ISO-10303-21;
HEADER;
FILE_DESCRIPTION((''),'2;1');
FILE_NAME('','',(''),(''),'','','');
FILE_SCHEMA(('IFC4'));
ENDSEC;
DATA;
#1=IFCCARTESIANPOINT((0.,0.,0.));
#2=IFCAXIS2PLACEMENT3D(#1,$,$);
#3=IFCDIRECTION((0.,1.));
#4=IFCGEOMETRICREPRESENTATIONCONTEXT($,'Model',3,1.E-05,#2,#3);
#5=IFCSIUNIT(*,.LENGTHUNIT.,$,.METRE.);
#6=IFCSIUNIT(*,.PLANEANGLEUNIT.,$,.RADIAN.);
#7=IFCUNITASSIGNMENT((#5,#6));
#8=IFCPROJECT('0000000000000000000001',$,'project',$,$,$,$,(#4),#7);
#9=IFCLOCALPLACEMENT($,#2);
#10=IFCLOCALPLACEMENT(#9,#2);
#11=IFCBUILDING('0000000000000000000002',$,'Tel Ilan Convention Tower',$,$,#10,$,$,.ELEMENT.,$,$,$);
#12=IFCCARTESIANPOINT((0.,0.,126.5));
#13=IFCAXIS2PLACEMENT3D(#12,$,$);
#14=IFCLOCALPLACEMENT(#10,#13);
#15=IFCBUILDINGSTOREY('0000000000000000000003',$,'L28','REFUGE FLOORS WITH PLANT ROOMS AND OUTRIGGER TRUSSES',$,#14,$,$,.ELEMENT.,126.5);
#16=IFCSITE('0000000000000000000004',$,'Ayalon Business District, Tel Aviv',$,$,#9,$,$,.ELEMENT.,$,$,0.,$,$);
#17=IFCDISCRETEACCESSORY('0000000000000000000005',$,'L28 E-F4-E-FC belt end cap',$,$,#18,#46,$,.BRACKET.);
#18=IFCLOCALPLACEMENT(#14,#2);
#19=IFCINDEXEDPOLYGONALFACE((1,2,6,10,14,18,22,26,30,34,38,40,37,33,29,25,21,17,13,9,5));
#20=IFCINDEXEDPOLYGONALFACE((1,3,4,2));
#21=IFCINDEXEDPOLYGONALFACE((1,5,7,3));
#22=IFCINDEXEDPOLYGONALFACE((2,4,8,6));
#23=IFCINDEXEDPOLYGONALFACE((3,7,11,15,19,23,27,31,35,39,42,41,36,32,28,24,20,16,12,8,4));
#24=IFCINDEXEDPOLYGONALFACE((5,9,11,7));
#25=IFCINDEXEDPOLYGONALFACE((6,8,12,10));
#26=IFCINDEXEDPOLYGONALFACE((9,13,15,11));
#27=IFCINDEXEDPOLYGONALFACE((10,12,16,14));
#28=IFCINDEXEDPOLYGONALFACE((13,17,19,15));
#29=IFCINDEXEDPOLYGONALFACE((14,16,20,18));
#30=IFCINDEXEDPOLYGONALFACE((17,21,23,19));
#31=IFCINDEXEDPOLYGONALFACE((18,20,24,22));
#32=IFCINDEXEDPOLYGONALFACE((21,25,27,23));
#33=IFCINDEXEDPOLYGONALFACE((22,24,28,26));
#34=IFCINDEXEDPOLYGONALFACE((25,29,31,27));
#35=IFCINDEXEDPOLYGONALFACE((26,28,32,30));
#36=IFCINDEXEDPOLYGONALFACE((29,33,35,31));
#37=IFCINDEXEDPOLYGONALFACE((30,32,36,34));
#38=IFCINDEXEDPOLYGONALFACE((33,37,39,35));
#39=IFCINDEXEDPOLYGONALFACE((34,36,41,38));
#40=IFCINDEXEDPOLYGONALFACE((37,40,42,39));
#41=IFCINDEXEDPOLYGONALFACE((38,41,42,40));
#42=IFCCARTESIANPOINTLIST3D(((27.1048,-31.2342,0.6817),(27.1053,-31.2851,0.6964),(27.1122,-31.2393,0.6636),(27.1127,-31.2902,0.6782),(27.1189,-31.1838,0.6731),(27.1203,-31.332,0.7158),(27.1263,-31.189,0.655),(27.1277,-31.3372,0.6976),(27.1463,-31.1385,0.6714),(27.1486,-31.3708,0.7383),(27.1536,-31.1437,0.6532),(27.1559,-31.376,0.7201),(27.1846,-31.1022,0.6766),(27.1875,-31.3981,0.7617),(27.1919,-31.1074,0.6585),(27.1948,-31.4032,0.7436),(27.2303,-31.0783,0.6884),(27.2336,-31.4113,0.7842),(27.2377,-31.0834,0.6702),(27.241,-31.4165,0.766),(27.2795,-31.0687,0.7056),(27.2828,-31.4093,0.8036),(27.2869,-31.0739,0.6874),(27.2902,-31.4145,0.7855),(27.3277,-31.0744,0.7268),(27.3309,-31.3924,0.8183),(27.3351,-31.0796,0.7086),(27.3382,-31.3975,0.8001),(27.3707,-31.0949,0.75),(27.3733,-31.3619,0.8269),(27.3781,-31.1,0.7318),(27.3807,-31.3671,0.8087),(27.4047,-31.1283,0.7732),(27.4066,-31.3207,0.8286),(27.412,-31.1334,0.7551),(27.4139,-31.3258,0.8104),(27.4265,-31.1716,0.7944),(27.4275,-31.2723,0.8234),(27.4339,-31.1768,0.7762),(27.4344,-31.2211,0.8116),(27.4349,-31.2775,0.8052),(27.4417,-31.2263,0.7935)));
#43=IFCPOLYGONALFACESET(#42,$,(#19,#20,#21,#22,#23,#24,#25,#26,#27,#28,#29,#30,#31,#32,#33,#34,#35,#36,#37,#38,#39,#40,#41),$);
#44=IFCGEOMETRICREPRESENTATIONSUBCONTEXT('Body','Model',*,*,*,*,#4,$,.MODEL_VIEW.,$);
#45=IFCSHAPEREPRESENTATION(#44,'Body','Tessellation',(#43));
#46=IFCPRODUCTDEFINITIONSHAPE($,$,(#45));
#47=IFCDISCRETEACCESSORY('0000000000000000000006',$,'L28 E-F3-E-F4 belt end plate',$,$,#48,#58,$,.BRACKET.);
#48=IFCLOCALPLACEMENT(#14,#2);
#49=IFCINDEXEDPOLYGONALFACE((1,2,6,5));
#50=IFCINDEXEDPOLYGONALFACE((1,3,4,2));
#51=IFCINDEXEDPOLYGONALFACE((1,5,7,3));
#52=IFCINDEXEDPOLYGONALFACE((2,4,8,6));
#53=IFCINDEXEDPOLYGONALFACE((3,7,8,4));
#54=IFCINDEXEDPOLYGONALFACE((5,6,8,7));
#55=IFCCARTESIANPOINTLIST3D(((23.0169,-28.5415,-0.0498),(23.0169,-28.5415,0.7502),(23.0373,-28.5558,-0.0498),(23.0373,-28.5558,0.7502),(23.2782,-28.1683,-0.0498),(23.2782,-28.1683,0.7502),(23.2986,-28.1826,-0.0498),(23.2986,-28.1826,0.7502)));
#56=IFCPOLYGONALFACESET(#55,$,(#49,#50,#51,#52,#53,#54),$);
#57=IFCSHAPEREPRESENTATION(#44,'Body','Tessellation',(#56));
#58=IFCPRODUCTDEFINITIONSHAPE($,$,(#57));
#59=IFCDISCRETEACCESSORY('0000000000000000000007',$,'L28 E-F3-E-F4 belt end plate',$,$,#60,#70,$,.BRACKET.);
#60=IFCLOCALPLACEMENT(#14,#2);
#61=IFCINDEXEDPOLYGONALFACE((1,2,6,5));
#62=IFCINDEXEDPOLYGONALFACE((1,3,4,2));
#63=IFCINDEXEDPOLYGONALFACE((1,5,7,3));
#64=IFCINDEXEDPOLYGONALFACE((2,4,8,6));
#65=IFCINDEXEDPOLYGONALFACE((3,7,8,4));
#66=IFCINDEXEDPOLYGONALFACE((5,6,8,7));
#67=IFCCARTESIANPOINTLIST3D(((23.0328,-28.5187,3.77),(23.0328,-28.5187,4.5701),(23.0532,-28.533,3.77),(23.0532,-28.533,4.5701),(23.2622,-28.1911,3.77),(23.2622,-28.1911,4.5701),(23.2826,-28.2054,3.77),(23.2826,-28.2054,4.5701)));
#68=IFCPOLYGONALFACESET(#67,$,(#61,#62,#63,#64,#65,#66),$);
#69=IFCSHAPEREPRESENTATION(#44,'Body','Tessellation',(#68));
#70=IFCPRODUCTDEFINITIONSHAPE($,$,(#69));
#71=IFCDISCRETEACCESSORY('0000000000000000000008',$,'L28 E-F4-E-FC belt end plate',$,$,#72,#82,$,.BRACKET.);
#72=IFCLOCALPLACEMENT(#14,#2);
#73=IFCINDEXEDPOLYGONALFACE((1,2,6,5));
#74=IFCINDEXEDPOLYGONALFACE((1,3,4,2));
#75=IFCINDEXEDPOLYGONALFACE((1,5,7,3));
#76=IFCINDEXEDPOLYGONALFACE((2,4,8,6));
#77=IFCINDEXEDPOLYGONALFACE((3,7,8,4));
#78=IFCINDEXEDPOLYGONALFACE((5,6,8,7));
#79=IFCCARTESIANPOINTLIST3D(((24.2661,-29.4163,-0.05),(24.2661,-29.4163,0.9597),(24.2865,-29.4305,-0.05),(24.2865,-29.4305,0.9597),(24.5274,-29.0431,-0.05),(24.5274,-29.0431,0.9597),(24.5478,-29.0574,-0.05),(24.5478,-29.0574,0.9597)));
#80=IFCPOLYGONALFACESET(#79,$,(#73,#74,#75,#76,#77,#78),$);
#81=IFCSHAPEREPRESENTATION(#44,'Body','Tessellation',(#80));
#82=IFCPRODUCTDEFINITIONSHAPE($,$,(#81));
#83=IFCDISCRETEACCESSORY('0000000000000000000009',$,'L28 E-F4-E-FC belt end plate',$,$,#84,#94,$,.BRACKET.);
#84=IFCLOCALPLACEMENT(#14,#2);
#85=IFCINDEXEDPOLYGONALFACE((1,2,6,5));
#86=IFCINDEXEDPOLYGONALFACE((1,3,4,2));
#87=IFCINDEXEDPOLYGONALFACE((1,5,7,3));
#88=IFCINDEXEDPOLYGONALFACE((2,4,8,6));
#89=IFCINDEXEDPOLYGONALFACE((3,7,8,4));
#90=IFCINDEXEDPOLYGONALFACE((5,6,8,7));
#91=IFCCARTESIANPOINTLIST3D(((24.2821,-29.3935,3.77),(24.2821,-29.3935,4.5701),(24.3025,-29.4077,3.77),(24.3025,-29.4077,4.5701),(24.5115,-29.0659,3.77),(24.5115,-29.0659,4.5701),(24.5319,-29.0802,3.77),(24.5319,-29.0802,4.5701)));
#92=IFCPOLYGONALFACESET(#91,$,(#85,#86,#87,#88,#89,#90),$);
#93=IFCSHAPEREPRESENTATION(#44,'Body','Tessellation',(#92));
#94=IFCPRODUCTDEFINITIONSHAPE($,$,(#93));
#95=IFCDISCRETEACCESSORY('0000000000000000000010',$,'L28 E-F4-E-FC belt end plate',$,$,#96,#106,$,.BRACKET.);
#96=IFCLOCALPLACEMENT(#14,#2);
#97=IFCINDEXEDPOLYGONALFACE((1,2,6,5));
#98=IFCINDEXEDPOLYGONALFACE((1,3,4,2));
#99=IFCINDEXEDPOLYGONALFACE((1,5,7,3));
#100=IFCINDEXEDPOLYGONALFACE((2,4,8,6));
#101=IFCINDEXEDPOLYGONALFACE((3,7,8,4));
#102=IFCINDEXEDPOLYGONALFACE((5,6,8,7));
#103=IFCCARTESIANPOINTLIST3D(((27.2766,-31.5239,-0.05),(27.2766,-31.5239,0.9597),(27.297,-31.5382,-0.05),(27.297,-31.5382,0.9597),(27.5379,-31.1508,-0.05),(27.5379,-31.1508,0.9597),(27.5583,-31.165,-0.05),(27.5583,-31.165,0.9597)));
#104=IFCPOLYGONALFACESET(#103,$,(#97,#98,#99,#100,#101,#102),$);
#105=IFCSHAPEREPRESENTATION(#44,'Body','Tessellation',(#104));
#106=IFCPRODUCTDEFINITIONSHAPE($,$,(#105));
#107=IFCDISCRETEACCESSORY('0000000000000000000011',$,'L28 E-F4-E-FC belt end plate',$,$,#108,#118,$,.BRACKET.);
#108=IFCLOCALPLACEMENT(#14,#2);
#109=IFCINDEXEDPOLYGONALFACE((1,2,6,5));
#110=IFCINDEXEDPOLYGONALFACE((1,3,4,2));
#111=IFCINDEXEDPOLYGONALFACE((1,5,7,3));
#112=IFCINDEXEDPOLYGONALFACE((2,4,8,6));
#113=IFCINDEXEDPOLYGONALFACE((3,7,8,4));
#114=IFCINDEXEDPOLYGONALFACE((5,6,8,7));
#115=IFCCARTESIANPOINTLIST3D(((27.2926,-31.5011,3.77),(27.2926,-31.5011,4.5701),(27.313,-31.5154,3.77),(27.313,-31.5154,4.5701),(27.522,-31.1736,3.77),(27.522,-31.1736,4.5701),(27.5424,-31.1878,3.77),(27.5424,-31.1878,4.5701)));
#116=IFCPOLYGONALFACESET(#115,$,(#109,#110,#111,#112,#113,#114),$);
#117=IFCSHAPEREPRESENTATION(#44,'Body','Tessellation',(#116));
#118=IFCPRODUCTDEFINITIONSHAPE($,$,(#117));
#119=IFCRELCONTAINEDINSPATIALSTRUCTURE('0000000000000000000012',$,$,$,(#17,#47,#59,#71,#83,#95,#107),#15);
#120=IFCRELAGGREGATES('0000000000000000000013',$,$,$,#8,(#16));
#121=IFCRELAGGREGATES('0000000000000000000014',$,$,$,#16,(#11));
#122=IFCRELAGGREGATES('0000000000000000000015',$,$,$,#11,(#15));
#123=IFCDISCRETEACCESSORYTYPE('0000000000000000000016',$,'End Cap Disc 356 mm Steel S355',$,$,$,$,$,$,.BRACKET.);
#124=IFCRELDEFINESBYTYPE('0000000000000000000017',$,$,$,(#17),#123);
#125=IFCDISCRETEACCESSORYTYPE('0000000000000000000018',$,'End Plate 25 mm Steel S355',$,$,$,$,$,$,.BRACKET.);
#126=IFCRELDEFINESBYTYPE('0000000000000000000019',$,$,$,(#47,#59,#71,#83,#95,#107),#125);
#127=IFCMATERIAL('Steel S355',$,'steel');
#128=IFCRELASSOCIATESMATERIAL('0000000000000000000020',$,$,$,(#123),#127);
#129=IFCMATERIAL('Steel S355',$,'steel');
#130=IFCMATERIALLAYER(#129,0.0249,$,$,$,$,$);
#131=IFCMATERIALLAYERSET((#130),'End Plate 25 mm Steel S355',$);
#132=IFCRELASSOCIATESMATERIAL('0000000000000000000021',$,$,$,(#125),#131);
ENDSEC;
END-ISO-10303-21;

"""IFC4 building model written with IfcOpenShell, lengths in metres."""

from ifc_helpers import new_model, si_unit, direction, frame, origin, origin_2d, place, context, subcontext, project, spatial, rectangle, circle, extrude, material, layer, layer_set, material_profile, profile_set, type_object, element, save


model = new_model("IFC4")

# Units and contexts
model_context = context("Model", 3, precision=1e-05, world=origin(), true_north=direction((0.0, 1.0)))
body_context = subcontext(model_context, "Body", "Model", "MODEL_VIEW")
ifc_project = project(units=[si_unit("LENGTHUNIT", "METRE"), si_unit("PLANEANGLEUNIT", "RADIAN")], contexts=[model_context])

# Site, building, storey
site_placement = place(None, origin())
site = spatial("IfcSite", under=ifc_project, at=site_placement, Name="Ayalon Business District, Tel Aviv", CompositionType="ELEMENT", RefElevation=0.0)
building_placement = place(site_placement, origin())
building = spatial("IfcBuilding", under=site, at=building_placement, Name="Tel Ilan Convention Tower", CompositionType="ELEMENT")
storey_placement = place(building_placement, frame((0.0, 0.0, 126.5)))
storey = spatial("IfcBuildingStorey", under=building, at=storey_placement, Name="L28", Description="REFUGE FLOORS WITH PLANT ROOMS AND OUTRIGGER TRUSSES", CompositionType="ELEMENT", Elevation=126.5)

# Discrete accessories
ifc_material_1 = material(Name="Steel S355", Category="steel")
ifc_material_profile_1 = material_profile(ifc_material_1, circle(Radius=0.1777, at=origin_2d()), Name="End Cap Disc 356 mm Steel S355")
ifc_profile_set_1 = profile_set([ifc_material_profile_1], Name="Steel S355")
discrete_accessory_type_1 = type_object("IfcDiscreteAccessoryType", Name="End Cap Disc 356 mm Steel S355", PredefinedType="BRACKET", material=ifc_profile_set_1)
discrete_accessory_1_placement = place(storey_placement, frame((27.2688, -31.2405, 0.75), z_axis=(0.36335, -0.254345, -0.896262), x_axis=(0.573462, 0.819232, 0.0)))
element("IfcDiscreteAccessory", 1, at=discrete_accessory_1_placement, inside=storey, type_object=discrete_accessory_type_1, Name="L28 E-F4-E-FC belt end cap", PredefinedType="BRACKET", context=body_context, shape_type="SweptSolid", body=[
    extrude(circle(Radius=0.1777, at=origin_2d()), origin(), (0.0, 0.0, 1.0), 0.0203),
])
ifc_material_2 = material(Name="Steel S355", Category="steel")
ifc_layer_1 = layer(ifc_material_2, 0.0249)
ifc_layer_set_1 = layer_set([ifc_layer_1], Name="End Plate 25 mm Steel S355")
discrete_accessory_type_2 = type_object("IfcDiscreteAccessoryType", Name="End Plate 25 mm Steel S355", PredefinedType="BRACKET", material=ifc_layer_set_1)
discrete_accessory_2_placement = place(storey_placement, frame((23.1577, -28.3621, -0.0498), z_axis=(0.0, 0.0, 1.0), x_axis=(0.819152, -0.573576, 0.0)))
element("IfcDiscreteAccessory", 2, at=discrete_accessory_2_placement, inside=storey, type_object=discrete_accessory_type_2, Name="L28 E-F3-E-F4 belt end plate", PredefinedType="BRACKET", context=body_context, shape_type="SweptSolid", body=[
    extrude(rectangle(XDim=0.0249, YDim=0.4556, at=origin_2d()), origin(), (0.0, 0.0, 1.0), 0.8),
])
discrete_accessory_3_placement = place(storey_placement, frame((23.1577, -28.3621, 3.77), z_axis=(0.0, 0.0, 1.0), x_axis=(0.819152, -0.573576, 0.0)))
element("IfcDiscreteAccessory", 3, at=discrete_accessory_3_placement, inside=storey, type_object=discrete_accessory_type_2, Name="L28 E-F3-E-F4 belt end plate", PredefinedType="BRACKET", context=body_context, shape_type="SweptSolid", body=[
    extrude(rectangle(XDim=0.0249, YDim=0.3999, at=origin_2d()), origin(), (0.0, 0.0, 1.0), 0.8),
])
discrete_accessory_4_placement = place(storey_placement, frame((24.407, -29.2368, -0.05), z_axis=(0.0, 0.0, 1.0), x_axis=(-0.819152, 0.573576, 0.0)))
element("IfcDiscreteAccessory", 4, at=discrete_accessory_4_placement, inside=storey, type_object=discrete_accessory_type_2, Name="L28 E-F4-E-FC belt end plate", PredefinedType="BRACKET", context=body_context, shape_type="SweptSolid", body=[
    extrude(rectangle(XDim=0.0249, YDim=0.4556, at=origin_2d()), origin(), (0.0, 0.0, 1.0), 1.0098),
])
discrete_accessory_5_placement = place(storey_placement, frame((24.407, -29.2368, 3.77), z_axis=(0.0, 0.0, 1.0), x_axis=(-0.819152, 0.573576, 0.0)))
element("IfcDiscreteAccessory", 5, at=discrete_accessory_5_placement, inside=storey, type_object=discrete_accessory_type_2, Name="L28 E-F4-E-FC belt end plate", PredefinedType="BRACKET", context=body_context, shape_type="SweptSolid", body=[
    extrude(rectangle(XDim=0.0249, YDim=0.3999, at=origin_2d()), origin(), (0.0, 0.0, 1.0), 0.8),
])
discrete_accessory_6_placement = place(storey_placement, frame((27.4175, -31.3445, -0.05), z_axis=(0.0, 0.0, 1.0), x_axis=(0.819152, -0.573576, 0.0)))
element("IfcDiscreteAccessory", 6, at=discrete_accessory_6_placement, inside=storey, type_object=discrete_accessory_type_2, Name="L28 E-F4-E-FC belt end plate", PredefinedType="BRACKET", context=body_context, shape_type="SweptSolid", body=[
    extrude(rectangle(XDim=0.0249, YDim=0.4556, at=origin_2d()), origin(), (0.0, 0.0, 1.0), 1.0098),
])
discrete_accessory_7_placement = place(storey_placement, frame((27.4175, -31.3445, 3.77), z_axis=(0.0, 0.0, 1.0), x_axis=(0.819152, -0.573576, 0.0)))
element("IfcDiscreteAccessory", 7, at=discrete_accessory_7_placement, inside=storey, type_object=discrete_accessory_type_2, Name="L28 E-F4-E-FC belt end plate", PredefinedType="BRACKET", context=body_context, shape_type="SweptSolid", body=[
    extrude(rectangle(XDim=0.0249, YDim=0.3999, at=origin_2d()), origin(), (0.0, 0.0, 1.0), 0.8),
])

save(model, "model.ifc")
